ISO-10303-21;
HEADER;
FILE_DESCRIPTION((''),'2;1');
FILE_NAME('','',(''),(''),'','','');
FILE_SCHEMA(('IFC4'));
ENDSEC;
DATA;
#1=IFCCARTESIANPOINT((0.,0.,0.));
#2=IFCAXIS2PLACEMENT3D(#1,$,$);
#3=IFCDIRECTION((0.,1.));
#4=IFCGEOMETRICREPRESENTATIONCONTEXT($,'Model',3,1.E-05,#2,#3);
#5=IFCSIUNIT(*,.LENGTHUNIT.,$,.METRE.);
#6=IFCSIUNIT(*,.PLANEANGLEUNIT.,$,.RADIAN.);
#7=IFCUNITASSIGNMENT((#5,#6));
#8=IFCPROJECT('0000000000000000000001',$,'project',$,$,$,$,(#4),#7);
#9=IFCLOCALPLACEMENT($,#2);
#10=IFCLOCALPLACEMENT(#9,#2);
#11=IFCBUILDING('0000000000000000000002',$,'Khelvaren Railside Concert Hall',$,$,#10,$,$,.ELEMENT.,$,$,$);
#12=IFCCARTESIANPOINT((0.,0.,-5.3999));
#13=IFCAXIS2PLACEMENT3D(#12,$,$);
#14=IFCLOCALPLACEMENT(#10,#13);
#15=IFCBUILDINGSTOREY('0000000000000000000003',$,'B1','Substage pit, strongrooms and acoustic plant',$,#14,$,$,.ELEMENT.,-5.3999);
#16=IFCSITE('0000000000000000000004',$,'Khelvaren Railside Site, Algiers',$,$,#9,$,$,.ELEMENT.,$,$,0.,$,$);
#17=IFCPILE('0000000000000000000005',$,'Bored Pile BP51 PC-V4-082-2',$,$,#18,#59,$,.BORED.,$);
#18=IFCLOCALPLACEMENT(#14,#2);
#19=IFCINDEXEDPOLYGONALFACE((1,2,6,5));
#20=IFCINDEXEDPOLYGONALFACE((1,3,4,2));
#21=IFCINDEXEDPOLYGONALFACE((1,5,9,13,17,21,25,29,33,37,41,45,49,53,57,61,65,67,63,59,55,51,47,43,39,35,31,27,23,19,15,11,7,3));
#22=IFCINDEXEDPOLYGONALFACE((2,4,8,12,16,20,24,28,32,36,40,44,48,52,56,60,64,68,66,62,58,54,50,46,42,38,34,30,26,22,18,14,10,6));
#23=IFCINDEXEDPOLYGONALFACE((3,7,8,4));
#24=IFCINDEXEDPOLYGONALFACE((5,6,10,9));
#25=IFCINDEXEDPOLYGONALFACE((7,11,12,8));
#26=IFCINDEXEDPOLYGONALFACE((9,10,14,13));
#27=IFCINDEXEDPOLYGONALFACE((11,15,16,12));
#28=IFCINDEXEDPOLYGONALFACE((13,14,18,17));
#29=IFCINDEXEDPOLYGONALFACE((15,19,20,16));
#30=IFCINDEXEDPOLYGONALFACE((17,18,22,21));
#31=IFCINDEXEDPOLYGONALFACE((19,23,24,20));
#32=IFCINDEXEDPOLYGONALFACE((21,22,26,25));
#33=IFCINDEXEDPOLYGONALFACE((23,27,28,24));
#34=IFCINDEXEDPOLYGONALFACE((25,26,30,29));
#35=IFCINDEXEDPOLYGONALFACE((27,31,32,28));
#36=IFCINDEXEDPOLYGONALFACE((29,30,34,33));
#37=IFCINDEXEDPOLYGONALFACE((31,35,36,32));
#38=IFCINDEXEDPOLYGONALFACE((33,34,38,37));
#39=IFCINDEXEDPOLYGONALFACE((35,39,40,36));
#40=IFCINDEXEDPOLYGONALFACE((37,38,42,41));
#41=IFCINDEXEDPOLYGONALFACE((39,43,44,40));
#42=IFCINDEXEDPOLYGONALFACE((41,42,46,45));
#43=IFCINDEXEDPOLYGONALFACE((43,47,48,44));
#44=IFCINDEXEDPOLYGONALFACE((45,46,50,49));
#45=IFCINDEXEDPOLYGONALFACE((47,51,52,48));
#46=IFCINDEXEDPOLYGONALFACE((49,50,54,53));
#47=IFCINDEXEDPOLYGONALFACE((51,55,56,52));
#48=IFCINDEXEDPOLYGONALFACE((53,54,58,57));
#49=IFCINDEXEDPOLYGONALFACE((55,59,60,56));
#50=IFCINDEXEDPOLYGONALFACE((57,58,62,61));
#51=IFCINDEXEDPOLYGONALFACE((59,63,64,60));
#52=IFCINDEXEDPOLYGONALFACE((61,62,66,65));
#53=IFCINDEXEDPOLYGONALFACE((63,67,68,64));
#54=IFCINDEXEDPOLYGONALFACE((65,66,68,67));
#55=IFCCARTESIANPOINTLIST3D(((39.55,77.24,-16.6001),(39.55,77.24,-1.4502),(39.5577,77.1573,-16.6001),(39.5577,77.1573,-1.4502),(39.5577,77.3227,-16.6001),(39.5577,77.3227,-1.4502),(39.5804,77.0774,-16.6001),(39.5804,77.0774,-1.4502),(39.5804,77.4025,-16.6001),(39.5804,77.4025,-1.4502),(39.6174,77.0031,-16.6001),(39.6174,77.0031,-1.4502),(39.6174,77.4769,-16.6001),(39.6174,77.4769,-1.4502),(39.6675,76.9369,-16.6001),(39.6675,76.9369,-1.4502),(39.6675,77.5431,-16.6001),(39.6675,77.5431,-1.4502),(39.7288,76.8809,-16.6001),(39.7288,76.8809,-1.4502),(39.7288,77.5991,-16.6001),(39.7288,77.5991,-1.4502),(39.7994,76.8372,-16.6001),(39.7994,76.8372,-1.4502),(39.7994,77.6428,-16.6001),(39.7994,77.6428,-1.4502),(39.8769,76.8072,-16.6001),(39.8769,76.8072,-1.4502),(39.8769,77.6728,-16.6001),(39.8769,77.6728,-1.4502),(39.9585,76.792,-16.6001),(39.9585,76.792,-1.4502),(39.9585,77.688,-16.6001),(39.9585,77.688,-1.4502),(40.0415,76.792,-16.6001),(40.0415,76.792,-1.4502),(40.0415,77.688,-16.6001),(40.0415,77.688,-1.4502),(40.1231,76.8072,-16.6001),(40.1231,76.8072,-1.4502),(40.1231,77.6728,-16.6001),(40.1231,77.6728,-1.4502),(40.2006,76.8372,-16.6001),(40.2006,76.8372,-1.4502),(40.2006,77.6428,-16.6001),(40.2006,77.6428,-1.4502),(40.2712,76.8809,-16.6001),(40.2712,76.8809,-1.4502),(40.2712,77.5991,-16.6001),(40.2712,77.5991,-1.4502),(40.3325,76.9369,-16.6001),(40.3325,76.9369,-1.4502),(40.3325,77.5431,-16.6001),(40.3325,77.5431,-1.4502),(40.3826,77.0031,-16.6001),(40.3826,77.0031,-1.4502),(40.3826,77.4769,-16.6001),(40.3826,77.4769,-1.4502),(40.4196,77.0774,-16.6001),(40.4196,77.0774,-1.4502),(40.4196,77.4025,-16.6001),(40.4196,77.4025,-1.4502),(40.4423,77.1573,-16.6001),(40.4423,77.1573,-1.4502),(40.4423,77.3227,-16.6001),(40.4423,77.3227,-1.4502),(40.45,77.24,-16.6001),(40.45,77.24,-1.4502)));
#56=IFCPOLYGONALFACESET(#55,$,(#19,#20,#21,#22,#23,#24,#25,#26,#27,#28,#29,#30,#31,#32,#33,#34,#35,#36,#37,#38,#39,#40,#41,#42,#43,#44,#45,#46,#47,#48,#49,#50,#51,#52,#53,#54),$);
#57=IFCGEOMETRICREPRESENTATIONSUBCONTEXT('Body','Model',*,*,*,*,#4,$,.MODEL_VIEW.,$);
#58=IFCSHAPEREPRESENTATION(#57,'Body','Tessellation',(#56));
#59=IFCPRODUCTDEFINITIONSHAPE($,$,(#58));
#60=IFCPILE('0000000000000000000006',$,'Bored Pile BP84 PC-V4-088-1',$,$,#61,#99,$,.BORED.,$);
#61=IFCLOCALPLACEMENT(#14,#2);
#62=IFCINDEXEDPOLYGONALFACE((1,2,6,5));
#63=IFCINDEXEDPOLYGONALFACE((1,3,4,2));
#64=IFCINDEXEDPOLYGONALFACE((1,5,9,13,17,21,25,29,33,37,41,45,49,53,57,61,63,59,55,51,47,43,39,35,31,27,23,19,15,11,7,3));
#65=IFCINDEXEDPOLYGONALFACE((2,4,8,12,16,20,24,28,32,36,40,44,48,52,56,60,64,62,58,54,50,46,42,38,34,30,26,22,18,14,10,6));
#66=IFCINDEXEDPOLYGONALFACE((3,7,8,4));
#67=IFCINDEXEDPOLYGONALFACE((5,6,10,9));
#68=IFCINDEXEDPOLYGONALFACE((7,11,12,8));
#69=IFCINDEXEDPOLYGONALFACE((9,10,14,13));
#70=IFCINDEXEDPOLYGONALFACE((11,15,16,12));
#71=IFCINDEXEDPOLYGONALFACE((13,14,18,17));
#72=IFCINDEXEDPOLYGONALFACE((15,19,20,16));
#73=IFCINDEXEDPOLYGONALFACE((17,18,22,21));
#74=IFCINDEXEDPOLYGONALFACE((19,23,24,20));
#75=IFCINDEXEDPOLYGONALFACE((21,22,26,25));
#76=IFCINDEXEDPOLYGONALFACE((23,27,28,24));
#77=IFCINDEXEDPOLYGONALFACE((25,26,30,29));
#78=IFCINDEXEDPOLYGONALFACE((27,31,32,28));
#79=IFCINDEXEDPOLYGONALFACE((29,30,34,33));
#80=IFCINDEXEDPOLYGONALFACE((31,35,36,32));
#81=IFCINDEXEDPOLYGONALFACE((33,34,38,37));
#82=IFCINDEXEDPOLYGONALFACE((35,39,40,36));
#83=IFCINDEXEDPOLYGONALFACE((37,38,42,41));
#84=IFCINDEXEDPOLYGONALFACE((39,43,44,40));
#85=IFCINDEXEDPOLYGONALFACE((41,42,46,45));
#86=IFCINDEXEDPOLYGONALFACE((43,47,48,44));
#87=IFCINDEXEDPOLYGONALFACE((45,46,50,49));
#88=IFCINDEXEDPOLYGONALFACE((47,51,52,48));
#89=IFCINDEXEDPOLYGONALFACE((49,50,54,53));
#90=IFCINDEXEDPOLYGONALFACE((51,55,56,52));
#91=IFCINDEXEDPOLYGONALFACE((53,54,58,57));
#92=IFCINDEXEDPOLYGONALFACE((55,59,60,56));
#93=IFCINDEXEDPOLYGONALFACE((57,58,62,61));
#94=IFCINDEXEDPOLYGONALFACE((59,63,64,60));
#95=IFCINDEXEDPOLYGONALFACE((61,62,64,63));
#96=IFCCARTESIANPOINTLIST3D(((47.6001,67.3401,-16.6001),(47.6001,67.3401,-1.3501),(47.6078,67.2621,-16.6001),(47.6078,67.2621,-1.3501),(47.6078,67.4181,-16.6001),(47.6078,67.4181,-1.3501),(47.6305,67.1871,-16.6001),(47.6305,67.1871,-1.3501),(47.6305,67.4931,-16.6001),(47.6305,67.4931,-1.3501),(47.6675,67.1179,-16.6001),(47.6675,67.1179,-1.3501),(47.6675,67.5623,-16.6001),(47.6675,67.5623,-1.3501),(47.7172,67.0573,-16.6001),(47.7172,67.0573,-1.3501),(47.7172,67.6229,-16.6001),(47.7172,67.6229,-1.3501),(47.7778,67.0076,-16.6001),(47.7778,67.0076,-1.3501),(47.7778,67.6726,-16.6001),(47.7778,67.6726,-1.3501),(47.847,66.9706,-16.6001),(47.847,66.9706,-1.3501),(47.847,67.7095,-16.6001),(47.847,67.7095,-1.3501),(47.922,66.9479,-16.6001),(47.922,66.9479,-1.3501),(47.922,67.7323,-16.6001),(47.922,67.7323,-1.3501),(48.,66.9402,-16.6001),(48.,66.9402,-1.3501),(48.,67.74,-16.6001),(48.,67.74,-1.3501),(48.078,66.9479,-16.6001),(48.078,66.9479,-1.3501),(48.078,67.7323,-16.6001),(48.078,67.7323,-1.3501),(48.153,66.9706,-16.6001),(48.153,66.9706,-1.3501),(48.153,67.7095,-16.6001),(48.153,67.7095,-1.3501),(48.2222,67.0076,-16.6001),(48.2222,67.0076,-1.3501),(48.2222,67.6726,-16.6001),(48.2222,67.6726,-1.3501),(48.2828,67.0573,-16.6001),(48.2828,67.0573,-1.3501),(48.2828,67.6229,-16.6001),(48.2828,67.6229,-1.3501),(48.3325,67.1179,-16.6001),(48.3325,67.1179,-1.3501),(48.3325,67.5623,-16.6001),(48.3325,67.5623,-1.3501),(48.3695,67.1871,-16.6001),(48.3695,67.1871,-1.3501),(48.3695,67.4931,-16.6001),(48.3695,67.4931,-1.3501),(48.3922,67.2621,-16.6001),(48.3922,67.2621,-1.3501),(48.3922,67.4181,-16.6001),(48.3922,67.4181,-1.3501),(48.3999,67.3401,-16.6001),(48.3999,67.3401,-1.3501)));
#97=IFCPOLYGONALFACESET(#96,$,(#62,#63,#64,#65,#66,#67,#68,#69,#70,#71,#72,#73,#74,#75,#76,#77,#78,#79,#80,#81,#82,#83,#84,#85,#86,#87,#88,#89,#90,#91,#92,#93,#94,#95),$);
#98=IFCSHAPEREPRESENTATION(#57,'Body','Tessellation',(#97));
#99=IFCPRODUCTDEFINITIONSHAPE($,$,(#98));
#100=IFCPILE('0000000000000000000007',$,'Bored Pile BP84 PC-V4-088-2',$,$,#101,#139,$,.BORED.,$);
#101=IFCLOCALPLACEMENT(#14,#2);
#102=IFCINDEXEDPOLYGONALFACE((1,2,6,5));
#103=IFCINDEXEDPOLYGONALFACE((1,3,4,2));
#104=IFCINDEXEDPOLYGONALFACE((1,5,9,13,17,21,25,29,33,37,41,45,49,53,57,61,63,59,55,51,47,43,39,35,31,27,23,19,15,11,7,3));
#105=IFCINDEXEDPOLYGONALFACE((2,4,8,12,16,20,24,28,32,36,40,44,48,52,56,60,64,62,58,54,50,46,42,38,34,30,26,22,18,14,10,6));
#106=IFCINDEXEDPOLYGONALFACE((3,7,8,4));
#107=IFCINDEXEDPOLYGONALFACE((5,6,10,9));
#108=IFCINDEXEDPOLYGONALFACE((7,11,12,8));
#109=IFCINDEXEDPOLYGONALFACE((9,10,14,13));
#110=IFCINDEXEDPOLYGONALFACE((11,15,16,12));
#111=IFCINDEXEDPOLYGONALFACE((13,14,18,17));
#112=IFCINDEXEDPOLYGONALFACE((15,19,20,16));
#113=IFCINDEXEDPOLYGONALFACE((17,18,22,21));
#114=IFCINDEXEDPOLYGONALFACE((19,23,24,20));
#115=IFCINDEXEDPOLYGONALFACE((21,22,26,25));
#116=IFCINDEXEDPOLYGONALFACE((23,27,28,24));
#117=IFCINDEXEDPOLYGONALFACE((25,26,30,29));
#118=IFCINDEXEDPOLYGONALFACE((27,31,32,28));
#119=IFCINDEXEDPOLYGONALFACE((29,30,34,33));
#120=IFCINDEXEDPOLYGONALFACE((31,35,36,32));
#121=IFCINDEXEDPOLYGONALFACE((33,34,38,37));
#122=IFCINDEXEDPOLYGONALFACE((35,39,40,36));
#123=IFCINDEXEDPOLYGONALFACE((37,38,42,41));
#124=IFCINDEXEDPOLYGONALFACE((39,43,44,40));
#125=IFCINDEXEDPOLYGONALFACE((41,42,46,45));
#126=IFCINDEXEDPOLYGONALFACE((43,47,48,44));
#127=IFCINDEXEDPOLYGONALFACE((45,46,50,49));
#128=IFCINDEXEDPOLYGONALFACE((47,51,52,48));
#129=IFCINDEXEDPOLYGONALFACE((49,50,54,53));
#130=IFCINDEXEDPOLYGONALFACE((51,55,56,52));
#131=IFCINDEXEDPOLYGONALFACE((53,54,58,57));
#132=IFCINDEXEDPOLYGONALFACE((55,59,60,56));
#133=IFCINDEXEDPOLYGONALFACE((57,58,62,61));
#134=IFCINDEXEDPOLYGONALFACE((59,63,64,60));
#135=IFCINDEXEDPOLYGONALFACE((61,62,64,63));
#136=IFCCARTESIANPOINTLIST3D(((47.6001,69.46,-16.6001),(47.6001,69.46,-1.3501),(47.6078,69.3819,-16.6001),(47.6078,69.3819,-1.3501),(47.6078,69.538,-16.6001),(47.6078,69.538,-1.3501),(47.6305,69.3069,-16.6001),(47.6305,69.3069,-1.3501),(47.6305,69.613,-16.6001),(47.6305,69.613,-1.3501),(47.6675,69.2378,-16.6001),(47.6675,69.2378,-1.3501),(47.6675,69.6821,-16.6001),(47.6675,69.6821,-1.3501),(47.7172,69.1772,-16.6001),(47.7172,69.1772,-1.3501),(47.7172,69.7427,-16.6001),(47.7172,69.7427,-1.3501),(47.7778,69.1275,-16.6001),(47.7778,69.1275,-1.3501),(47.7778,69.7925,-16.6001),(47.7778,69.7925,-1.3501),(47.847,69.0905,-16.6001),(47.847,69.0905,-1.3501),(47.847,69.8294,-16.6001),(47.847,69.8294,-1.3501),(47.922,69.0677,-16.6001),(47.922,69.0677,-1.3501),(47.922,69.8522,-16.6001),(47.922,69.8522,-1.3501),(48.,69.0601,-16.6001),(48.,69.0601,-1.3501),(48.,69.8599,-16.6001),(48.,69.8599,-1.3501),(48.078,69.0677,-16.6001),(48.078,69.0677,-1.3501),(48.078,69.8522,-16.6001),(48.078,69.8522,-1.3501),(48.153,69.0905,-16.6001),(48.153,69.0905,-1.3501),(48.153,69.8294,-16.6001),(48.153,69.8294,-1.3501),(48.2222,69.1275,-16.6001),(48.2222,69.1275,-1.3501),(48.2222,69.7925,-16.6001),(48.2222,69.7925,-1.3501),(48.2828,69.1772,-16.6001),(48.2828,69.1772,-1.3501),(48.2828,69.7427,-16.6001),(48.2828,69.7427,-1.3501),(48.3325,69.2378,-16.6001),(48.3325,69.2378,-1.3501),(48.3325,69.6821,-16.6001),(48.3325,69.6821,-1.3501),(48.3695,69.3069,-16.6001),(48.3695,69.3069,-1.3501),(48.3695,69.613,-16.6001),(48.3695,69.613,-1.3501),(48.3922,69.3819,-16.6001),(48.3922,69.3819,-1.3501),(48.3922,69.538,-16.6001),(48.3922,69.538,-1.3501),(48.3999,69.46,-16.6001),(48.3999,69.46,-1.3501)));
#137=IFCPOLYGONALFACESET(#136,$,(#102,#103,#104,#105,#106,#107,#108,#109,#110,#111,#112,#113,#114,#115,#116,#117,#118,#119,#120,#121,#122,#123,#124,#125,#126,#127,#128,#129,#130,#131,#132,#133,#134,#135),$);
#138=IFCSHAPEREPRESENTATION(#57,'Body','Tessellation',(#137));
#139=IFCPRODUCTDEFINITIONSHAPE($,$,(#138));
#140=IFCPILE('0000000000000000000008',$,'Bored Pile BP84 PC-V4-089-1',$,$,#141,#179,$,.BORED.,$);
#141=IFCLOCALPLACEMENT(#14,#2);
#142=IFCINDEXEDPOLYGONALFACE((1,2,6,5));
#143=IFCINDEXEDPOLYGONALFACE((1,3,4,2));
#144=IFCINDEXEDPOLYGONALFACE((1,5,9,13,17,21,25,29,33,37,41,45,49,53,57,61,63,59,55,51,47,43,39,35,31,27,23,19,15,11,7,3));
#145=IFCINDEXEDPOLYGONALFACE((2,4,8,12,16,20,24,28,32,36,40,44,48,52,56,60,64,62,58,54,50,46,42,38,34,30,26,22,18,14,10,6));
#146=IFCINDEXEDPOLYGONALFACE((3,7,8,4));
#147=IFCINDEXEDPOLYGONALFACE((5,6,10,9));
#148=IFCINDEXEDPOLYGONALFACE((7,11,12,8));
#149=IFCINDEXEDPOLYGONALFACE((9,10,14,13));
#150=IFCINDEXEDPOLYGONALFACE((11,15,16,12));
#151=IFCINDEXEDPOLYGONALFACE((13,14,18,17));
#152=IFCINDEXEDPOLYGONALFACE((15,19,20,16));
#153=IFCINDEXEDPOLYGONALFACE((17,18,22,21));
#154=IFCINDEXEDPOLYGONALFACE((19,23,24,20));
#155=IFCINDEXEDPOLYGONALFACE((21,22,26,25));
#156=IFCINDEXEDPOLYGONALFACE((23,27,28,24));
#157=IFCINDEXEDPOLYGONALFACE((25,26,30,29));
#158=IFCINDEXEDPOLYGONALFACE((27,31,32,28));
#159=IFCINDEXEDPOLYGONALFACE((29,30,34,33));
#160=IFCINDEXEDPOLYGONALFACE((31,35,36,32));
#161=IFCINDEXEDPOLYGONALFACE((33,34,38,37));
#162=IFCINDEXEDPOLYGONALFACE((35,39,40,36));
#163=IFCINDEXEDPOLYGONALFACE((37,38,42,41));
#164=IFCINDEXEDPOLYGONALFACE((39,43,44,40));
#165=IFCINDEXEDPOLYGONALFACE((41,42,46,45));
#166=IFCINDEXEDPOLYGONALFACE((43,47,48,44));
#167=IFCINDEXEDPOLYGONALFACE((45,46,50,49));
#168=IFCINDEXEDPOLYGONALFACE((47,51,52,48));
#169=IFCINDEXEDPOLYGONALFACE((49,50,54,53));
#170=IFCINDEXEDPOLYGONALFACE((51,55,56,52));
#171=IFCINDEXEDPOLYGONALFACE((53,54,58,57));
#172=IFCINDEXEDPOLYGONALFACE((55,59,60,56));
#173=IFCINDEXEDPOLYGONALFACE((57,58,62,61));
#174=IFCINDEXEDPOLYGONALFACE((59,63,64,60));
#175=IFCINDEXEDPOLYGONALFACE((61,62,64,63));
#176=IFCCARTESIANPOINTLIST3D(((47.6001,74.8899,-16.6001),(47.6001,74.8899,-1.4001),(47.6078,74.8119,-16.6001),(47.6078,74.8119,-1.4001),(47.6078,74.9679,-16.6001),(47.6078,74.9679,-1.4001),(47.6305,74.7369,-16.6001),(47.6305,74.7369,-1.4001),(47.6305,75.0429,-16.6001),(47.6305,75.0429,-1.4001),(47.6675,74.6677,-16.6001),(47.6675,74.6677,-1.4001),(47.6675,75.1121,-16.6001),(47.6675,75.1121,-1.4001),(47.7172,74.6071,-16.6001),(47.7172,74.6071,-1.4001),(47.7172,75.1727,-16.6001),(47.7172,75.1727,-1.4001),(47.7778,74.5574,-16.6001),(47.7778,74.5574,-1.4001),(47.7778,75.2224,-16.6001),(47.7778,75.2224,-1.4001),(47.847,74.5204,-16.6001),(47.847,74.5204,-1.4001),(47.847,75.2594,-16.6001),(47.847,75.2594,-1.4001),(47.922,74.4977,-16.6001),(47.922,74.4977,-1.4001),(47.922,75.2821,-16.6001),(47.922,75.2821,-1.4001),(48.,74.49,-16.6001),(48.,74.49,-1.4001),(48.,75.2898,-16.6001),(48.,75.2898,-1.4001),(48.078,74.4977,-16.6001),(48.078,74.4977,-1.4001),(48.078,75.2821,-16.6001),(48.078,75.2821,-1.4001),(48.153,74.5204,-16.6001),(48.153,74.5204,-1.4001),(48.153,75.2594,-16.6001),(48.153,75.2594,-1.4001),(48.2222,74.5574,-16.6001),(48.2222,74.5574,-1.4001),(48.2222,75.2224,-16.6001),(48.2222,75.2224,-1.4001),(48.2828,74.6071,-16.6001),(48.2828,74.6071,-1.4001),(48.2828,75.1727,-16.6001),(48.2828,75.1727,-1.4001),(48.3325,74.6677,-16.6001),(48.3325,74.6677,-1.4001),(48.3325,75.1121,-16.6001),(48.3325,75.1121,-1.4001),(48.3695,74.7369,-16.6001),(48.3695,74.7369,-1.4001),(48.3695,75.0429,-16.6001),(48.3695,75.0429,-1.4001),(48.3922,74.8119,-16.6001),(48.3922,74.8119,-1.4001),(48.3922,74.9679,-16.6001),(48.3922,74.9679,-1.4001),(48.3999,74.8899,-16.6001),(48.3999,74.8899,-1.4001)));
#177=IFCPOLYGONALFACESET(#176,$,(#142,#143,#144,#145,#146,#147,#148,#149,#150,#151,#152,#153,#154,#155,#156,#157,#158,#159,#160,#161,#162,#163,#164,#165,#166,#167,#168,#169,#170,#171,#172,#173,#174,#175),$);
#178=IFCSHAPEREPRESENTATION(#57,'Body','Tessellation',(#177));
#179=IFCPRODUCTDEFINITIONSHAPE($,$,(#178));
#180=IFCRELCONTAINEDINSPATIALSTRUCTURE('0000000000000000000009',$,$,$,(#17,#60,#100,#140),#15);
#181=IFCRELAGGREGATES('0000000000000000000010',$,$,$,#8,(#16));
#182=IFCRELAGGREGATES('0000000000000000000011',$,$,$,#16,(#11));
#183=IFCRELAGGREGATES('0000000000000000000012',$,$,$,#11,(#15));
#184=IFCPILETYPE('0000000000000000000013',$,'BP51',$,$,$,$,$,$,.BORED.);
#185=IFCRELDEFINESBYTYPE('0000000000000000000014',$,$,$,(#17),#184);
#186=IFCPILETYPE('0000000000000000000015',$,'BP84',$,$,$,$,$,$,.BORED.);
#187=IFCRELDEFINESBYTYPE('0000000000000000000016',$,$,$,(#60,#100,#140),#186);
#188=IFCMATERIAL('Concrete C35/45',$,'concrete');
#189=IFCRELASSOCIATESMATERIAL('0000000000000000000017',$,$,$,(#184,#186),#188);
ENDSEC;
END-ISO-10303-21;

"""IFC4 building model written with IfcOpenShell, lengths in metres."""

from ifc_helpers import new_model, si_unit, direction, frame, origin, origin_2d, place, context, subcontext, project, spatial, circle, extrude, material, material_profile, profile_set, type_object, element, save


model = new_model("IFC4")

# Units and contexts
model_context = context("Model", 3, precision=1e-05, world=origin(), true_north=direction((0.0, 1.0)))
body_context = subcontext(model_context, "Body", "Model", "MODEL_VIEW")
ifc_project = project(units=[si_unit("LENGTHUNIT", "METRE"), si_unit("PLANEANGLEUNIT", "RADIAN")], contexts=[model_context])

# Site, building, storey
site_placement = place(None, origin())
site = spatial("IfcSite", under=ifc_project, at=site_placement, Name="Khelvaren Railside Site, Algiers", CompositionType="ELEMENT", RefElevation=0.0)
building_placement = place(site_placement, origin())
building = spatial("IfcBuilding", under=site, at=building_placement, Name="Khelvaren Railside Concert Hall", CompositionType="ELEMENT")
storey_placement = place(building_placement, frame((0.0, 0.0, -5.3999)))
storey = spatial("IfcBuildingStorey", under=building, at=storey_placement, Name="B1", Description="Substage pit, strongrooms and acoustic plant", CompositionType="ELEMENT", Elevation=-5.3999)

# Piles
ifc_material_1 = material(Name="Concrete C35/45", Category="concrete")
ifc_material_profile_1 = material_profile(ifc_material_1, circle(Radius=0.45, at=origin_2d()), Name="BP D900")
ifc_profile_set_1 = profile_set([ifc_material_profile_1], Name="Concrete C35/45")
pile_type_1 = type_object("IfcPileType", Name="BP51", PredefinedType="BORED", material=ifc_profile_set_1)
for number, where, z_axis, x_axis, name in (
    (1, (40.0, 77.24, -1.4502), (0.0, 0.0, -1.0), (1.0, 0.0, 0.0), "Bored Pile BP51 PC-V4-082-2"),
):
    element("IfcPile", number, at=place(storey_placement, frame(where, z_axis=z_axis, x_axis=x_axis)), inside=storey, type_object=pile_type_1, Name=name, PredefinedType="BORED", context=body_context, shape_type="SweptSolid", body=[
        extrude(circle(Radius=0.45, at=origin_2d()), origin(), (0.0, 0.0, 1.0), 15.1499),
    ])
ifc_material_profile_2 = material_profile(ifc_material_1, circle(Radius=0.3999, at=origin_2d()), Name="BP D800")
ifc_profile_set_2 = profile_set([ifc_material_profile_2], Name="Concrete C35/45")
pile_type_2 = type_object("IfcPileType", Name="BP84", PredefinedType="BORED", material=ifc_profile_set_2)
for number, where, z_axis, x_axis, name in (
    (2, (48.0, 67.3401, -1.3501), (0.0, 0.0, -1.0), (1.0, 0.0, 0.0), "Bored Pile BP84 PC-V4-088-1"),
    (3, (48.0, 69.46, -1.3501), (0.0, 0.0, -1.0), (1.0, 0.0, 0.0), "Bored Pile BP84 PC-V4-088-2"),
):
    element("IfcPile", number, at=place(storey_placement, frame(where, z_axis=z_axis, x_axis=x_axis)), inside=storey, type_object=pile_type_2, Name=name, PredefinedType="BORED", context=body_context, shape_type="SweptSolid", body=[
        extrude(circle(Radius=0.3999, at=origin_2d()), origin(), (0.0, 0.0, 1.0), 15.25),
    ])
for number, where, z_axis, x_axis, name in (
    (4, (48.0, 74.8899, -1.4001), (0.0, 0.0, -1.0), (1.0, 0.0, 0.0), "Bored Pile BP84 PC-V4-089-1"),
):
    element("IfcPile", number, at=place(storey_placement, frame(where, z_axis=z_axis, x_axis=x_axis)), inside=storey, type_object=pile_type_2, Name=name, PredefinedType="BORED", context=body_context, shape_type="SweptSolid", body=[
        extrude(circle(Radius=0.3999, at=origin_2d()), origin(), (0.0, 0.0, 1.0), 15.2),
    ])

save(model, "model.ifc")
